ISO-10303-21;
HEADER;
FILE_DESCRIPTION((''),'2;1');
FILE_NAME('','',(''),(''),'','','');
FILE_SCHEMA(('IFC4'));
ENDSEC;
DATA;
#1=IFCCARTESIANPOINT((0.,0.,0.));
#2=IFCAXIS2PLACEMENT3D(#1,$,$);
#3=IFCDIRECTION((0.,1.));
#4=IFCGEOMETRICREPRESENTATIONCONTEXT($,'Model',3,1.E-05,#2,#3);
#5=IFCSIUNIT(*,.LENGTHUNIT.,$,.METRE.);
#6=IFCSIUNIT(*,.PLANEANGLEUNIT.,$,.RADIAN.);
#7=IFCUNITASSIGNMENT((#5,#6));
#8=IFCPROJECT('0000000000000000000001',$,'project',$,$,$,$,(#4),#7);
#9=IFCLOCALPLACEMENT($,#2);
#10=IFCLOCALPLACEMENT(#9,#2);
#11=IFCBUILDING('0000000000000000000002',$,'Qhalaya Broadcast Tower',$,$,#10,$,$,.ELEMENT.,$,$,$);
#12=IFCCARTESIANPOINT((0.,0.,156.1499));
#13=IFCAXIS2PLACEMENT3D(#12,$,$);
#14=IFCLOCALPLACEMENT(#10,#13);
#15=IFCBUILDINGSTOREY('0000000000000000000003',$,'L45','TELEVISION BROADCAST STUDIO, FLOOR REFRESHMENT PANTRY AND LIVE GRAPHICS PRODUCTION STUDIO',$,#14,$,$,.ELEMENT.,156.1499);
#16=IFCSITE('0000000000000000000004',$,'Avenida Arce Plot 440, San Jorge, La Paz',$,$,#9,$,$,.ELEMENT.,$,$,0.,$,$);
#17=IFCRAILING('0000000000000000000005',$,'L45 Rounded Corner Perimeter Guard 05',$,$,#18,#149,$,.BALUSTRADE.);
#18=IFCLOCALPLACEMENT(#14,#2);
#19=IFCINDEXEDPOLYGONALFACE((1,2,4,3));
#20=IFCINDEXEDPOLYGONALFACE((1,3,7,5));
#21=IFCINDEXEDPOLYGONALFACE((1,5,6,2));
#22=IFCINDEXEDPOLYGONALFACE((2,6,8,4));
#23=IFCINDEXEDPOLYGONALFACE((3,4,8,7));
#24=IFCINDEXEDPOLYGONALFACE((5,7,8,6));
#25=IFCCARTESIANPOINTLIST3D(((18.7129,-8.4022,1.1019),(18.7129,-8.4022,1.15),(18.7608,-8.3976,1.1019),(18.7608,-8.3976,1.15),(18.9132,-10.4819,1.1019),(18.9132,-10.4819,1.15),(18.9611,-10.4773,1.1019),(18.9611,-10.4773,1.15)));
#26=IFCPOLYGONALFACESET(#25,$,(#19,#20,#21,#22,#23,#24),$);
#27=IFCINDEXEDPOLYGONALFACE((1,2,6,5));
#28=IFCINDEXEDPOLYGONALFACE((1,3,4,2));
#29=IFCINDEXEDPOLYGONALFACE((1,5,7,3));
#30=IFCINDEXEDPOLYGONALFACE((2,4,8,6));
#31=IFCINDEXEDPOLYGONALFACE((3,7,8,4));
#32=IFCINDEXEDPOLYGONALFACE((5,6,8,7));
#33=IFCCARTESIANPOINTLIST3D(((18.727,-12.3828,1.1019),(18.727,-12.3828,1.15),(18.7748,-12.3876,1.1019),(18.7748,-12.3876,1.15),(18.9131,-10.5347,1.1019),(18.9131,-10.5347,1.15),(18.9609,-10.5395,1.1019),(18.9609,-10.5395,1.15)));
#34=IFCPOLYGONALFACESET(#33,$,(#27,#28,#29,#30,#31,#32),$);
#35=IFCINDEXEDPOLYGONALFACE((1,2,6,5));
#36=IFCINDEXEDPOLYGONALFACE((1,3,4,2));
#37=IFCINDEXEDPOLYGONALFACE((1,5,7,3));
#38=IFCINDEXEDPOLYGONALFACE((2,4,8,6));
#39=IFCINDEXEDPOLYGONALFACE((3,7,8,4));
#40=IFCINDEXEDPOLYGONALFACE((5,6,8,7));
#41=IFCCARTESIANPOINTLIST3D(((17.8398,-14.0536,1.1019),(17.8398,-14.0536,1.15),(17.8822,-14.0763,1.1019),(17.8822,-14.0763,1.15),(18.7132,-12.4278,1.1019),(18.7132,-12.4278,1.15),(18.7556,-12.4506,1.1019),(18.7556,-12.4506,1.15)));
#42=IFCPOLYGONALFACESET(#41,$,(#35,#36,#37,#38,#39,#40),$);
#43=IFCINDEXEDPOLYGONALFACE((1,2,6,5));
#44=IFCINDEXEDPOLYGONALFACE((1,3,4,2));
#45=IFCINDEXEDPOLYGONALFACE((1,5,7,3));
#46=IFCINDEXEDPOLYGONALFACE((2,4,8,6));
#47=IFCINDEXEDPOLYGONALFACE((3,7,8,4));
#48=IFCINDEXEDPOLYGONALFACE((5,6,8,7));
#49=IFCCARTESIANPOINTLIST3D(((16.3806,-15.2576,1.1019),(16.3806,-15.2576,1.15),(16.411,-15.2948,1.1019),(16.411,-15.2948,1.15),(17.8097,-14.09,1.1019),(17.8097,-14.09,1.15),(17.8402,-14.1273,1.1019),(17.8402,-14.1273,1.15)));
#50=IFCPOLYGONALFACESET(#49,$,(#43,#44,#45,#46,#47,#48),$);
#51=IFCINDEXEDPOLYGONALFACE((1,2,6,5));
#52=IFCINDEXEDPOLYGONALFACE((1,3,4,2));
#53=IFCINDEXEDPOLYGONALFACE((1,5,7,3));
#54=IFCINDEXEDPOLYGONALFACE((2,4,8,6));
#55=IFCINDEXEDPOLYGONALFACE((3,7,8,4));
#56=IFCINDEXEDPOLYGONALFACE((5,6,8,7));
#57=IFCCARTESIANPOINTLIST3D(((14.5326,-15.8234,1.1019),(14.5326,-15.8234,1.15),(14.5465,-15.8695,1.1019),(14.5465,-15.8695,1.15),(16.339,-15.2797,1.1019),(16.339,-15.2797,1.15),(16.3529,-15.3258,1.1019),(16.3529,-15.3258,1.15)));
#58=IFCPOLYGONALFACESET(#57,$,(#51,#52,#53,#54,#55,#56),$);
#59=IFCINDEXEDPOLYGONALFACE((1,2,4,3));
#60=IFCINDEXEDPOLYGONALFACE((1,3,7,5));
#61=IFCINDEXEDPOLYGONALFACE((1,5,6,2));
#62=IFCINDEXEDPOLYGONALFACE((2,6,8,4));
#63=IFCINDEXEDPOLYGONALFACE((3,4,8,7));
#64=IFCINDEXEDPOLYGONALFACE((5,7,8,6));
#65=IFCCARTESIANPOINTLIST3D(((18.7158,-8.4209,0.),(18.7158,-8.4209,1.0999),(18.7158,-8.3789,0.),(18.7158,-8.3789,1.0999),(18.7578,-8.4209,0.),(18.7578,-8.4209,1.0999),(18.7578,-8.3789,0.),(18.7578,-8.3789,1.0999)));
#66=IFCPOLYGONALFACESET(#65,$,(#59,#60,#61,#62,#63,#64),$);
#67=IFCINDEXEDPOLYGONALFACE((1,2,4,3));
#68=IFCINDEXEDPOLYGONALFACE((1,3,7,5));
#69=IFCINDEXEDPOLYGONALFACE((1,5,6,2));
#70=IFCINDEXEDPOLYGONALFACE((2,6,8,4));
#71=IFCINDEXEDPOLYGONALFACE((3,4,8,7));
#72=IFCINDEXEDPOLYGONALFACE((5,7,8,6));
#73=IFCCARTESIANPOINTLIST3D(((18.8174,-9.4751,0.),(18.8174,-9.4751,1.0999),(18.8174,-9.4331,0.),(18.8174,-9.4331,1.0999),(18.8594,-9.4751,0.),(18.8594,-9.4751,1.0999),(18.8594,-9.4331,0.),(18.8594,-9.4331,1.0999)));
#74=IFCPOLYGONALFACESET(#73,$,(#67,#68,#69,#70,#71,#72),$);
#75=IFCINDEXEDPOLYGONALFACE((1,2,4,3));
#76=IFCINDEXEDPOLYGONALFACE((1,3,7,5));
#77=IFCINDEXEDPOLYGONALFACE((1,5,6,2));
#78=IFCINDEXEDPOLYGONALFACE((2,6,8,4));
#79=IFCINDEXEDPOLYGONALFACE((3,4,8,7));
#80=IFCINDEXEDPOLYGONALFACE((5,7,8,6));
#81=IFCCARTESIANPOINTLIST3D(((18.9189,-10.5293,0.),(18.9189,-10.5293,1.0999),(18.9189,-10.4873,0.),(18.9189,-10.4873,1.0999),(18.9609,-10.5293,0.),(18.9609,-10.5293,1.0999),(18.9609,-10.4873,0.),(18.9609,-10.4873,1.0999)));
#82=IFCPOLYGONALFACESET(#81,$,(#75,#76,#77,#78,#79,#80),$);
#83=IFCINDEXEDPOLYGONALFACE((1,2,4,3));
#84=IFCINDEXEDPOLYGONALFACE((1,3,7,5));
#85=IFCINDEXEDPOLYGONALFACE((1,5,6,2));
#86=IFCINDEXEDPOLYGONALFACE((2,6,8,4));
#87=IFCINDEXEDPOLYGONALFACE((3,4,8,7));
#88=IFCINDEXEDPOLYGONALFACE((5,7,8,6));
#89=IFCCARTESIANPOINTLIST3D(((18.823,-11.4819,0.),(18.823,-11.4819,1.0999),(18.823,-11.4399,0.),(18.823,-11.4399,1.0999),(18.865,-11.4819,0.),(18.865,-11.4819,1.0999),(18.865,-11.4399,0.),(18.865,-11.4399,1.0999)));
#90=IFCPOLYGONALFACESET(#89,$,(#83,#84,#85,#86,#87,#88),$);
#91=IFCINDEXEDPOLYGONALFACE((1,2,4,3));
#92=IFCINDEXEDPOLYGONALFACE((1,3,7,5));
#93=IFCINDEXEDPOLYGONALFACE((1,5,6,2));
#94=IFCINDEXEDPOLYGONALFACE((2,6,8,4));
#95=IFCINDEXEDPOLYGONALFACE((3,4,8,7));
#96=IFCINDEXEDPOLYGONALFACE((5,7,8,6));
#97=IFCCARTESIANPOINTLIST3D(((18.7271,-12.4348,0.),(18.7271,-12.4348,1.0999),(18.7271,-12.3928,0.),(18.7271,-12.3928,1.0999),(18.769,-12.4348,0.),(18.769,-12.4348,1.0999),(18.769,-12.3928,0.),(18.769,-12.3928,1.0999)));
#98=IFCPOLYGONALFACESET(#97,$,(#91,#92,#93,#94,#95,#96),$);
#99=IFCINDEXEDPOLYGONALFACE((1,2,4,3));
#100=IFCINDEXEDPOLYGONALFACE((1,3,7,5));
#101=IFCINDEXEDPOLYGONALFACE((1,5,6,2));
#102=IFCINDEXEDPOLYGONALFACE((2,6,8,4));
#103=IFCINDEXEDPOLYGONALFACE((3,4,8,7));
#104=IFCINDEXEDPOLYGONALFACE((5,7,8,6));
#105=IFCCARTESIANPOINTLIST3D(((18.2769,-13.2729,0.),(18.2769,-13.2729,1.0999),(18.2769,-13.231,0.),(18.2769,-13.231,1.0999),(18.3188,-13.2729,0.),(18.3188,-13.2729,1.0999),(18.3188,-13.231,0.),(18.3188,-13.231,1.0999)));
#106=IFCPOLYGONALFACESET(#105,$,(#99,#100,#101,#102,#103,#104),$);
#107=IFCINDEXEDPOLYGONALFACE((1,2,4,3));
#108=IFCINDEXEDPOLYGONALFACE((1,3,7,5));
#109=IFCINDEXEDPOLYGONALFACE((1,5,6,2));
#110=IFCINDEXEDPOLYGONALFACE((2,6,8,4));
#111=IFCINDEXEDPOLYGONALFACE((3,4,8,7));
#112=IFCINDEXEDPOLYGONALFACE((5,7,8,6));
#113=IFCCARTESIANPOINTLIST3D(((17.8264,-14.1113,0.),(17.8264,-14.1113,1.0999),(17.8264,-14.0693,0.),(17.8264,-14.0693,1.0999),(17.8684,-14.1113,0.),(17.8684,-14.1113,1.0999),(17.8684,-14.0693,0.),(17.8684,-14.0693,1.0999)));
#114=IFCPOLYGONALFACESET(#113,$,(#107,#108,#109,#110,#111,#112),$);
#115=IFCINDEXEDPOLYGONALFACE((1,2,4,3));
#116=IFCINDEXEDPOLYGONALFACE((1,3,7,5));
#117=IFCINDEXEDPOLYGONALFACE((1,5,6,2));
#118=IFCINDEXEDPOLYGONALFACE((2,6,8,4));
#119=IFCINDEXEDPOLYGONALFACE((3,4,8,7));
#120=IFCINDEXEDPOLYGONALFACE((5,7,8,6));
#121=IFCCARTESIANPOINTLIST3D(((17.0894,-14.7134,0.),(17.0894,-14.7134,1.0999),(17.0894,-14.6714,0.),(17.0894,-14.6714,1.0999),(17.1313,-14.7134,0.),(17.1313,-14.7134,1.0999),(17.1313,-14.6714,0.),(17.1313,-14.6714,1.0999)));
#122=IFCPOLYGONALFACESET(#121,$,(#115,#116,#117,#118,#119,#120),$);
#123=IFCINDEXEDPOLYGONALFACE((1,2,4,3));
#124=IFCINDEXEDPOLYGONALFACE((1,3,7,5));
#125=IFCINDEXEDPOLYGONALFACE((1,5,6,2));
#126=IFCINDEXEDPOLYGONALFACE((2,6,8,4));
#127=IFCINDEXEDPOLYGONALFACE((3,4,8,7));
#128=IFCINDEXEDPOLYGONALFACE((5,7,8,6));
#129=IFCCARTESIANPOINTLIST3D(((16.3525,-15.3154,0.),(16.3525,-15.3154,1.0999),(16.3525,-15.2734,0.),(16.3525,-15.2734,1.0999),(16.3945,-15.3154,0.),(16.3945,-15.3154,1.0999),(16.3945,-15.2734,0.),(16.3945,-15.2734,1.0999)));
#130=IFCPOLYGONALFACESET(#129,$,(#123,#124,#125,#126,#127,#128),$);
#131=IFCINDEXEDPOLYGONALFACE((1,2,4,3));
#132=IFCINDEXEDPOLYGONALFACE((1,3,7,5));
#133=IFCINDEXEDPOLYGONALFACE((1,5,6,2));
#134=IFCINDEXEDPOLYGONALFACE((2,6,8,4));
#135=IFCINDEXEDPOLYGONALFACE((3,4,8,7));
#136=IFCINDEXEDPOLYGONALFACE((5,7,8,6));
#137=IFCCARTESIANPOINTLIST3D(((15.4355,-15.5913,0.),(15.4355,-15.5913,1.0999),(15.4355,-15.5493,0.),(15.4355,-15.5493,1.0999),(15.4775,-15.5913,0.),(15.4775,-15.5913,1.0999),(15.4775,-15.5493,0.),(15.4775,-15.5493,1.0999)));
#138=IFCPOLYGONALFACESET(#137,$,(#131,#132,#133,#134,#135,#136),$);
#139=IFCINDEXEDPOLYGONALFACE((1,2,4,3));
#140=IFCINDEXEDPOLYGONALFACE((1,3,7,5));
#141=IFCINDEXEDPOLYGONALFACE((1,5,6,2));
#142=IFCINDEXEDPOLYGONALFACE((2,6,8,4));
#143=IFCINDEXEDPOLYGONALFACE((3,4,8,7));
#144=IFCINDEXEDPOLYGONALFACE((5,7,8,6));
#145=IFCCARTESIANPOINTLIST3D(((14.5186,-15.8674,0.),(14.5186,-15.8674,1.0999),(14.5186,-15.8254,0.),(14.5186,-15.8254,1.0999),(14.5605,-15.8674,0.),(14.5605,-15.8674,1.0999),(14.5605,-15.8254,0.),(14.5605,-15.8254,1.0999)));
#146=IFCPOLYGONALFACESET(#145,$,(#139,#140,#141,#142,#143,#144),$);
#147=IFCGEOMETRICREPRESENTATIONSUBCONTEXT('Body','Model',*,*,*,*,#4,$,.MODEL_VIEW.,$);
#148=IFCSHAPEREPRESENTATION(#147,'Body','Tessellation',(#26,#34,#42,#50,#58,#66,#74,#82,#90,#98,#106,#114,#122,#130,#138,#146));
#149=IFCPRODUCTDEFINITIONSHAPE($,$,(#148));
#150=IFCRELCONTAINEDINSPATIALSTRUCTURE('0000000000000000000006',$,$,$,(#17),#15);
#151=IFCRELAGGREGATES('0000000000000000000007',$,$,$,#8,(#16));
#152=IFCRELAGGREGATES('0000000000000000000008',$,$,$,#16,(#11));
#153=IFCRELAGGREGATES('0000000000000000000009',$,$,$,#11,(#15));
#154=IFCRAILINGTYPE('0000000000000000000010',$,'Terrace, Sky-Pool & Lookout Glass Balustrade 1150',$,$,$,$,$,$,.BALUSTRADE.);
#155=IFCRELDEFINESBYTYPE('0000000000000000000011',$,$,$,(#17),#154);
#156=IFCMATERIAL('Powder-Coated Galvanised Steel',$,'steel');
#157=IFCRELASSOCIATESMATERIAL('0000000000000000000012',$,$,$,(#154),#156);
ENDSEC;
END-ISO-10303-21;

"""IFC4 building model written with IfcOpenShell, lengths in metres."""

from ifc_helpers import new_model, si_unit, direction, frame, origin, origin_2d, place, context, subcontext, project, spatial, rectangle, extrude, material, type_object, element, save


model = new_model("IFC4")

# Units and contexts
model_context = context("Model", 3, precision=1e-05, world=origin(), true_north=direction((0.0, 1.0)))
body_context = subcontext(model_context, "Body", "Model", "MODEL_VIEW")
ifc_project = project(units=[si_unit("LENGTHUNIT", "METRE"), si_unit("PLANEANGLEUNIT", "RADIAN")], contexts=[model_context])

# Site, building, storey
site_placement = place(None, origin())
site = spatial("IfcSite", under=ifc_project, at=site_placement, Name="Avenida Arce Plot 440, San Jorge, La Paz", CompositionType="ELEMENT", RefElevation=0.0)
building_placement = place(site_placement, origin())
building = spatial("IfcBuilding", under=site, at=building_placement, Name="Qhalaya Broadcast Tower", CompositionType="ELEMENT")
storey_placement = place(building_placement, frame((0.0, 0.0, 156.1499)))
storey = spatial("IfcBuildingStorey", under=building, at=storey_placement, Name="L45", Description="TELEVISION BROADCAST STUDIO, FLOOR REFRESHMENT PANTRY AND LIVE GRAPHICS PRODUCTION STUDIO", CompositionType="ELEMENT", Elevation=156.1499)

# Railing
ifc_material_1 = material(Name="Powder-Coated Galvanised Steel", Category="steel")
railing_type = type_object("IfcRailingType", Name="Terrace, Sky-Pool & Lookout Glass Balustrade 1150", PredefinedType="BALUSTRADE", material=ifc_material_1)
railing_placement = place(storey_placement, frame((18.7368, -8.3999, 0.0)))
element("IfcRailing", 1, at=railing_placement, inside=storey, type_object=railing_type, Name="L45 Rounded Corner Perimeter Guard 05", PredefinedType="BALUSTRADE", context=body_context, shape_type="SweptSolid", body=[
    extrude(rectangle(XDim=0.0481, YDim=0.0481, at=origin_2d()), frame((0.0, 0.0, 1.126), z_axis=(0.095897, -0.995391, 0.0), x_axis=(0.995391, 0.095897, 0.0)), (0.0, 0.0, 1.0), 2.0894),
    extrude(rectangle(XDim=0.0481, YDim=0.0481, at=origin_2d()), frame((0.2002, -2.1372, 1.126), z_axis=(-0.100198, -0.994968, 0.0), x_axis=(0.994968, -0.100198, 0.0)), (0.0, 0.0, 1.0), 1.8574),
    extrude(rectangle(XDim=0.0481, YDim=0.0481, at=origin_2d()), frame((-0.0024, -4.0393, 1.126), z_axis=(-0.473243, -0.880932, 0.0), x_axis=(0.880932, -0.473243, 0.0)), (0.0, 0.0, 1.0), 1.8455),
    extrude(rectangle(XDim=0.0481, YDim=0.0481, at=origin_2d()), frame((-0.9119, -5.7087, 1.126), z_axis=(-0.77442, -0.632672, 0.0), x_axis=(0.632672, -0.77442, 0.0)), (0.0, 0.0, 1.0), 1.8455),
    extrude(rectangle(XDim=0.0481, YDim=0.0481, at=origin_2d()), frame((-2.3909, -6.9028, 1.126), z_axis=(-0.957566, -0.288213, 0.0), x_axis=(0.288213, -0.957566, 0.0)), (0.0, 0.0, 1.0), 1.8865),
    extrude(rectangle(XDim=0.042, YDim=0.042, at=origin_2d()), origin(), (0.0, 0.0, 1.0), 1.0999),
    extrude(rectangle(XDim=0.042, YDim=0.042, at=origin_2d()), frame((0.1016, -1.0542, 0.0)), (0.0, 0.0, 1.0), 1.0999),
    extrude(rectangle(XDim=0.042, YDim=0.042, at=origin_2d()), frame((0.2031, -2.1084, 0.0)), (0.0, 0.0, 1.0), 1.0999),
    extrude(rectangle(XDim=0.042, YDim=0.042, at=origin_2d()), frame((0.1072, -3.061, 0.0)), (0.0, 0.0, 1.0), 1.0999),
    extrude(rectangle(XDim=0.042, YDim=0.042, at=origin_2d()), frame((0.0112, -4.0139, 0.0)), (0.0, 0.0, 1.0), 1.0999),
    extrude(rectangle(XDim=0.042, YDim=0.042, at=origin_2d()), frame((-0.439, -4.8521, 0.0)), (0.0, 0.0, 1.0), 1.0999),
    extrude(rectangle(XDim=0.042, YDim=0.042, at=origin_2d()), frame((-0.8894, -5.6904, 0.0)), (0.0, 0.0, 1.0), 1.0999),
    extrude(rectangle(XDim=0.042, YDim=0.042, at=origin_2d()), frame((-1.6265, -6.2925, 0.0)), (0.0, 0.0, 1.0), 1.0999),
    extrude(rectangle(XDim=0.042, YDim=0.042, at=origin_2d()), frame((-2.3633, -6.8945, 0.0)), (0.0, 0.0, 1.0), 1.0999),
    extrude(rectangle(XDim=0.042, YDim=0.042, at=origin_2d()), frame((-3.2803, -7.1704, 0.0)), (0.0, 0.0, 1.0), 1.0999),
    extrude(rectangle(XDim=0.042, YDim=0.042, at=origin_2d()), frame((-4.1973, -7.4465, 0.0)), (0.0, 0.0, 1.0), 1.0999),
])

save(model, "model.ifc")
